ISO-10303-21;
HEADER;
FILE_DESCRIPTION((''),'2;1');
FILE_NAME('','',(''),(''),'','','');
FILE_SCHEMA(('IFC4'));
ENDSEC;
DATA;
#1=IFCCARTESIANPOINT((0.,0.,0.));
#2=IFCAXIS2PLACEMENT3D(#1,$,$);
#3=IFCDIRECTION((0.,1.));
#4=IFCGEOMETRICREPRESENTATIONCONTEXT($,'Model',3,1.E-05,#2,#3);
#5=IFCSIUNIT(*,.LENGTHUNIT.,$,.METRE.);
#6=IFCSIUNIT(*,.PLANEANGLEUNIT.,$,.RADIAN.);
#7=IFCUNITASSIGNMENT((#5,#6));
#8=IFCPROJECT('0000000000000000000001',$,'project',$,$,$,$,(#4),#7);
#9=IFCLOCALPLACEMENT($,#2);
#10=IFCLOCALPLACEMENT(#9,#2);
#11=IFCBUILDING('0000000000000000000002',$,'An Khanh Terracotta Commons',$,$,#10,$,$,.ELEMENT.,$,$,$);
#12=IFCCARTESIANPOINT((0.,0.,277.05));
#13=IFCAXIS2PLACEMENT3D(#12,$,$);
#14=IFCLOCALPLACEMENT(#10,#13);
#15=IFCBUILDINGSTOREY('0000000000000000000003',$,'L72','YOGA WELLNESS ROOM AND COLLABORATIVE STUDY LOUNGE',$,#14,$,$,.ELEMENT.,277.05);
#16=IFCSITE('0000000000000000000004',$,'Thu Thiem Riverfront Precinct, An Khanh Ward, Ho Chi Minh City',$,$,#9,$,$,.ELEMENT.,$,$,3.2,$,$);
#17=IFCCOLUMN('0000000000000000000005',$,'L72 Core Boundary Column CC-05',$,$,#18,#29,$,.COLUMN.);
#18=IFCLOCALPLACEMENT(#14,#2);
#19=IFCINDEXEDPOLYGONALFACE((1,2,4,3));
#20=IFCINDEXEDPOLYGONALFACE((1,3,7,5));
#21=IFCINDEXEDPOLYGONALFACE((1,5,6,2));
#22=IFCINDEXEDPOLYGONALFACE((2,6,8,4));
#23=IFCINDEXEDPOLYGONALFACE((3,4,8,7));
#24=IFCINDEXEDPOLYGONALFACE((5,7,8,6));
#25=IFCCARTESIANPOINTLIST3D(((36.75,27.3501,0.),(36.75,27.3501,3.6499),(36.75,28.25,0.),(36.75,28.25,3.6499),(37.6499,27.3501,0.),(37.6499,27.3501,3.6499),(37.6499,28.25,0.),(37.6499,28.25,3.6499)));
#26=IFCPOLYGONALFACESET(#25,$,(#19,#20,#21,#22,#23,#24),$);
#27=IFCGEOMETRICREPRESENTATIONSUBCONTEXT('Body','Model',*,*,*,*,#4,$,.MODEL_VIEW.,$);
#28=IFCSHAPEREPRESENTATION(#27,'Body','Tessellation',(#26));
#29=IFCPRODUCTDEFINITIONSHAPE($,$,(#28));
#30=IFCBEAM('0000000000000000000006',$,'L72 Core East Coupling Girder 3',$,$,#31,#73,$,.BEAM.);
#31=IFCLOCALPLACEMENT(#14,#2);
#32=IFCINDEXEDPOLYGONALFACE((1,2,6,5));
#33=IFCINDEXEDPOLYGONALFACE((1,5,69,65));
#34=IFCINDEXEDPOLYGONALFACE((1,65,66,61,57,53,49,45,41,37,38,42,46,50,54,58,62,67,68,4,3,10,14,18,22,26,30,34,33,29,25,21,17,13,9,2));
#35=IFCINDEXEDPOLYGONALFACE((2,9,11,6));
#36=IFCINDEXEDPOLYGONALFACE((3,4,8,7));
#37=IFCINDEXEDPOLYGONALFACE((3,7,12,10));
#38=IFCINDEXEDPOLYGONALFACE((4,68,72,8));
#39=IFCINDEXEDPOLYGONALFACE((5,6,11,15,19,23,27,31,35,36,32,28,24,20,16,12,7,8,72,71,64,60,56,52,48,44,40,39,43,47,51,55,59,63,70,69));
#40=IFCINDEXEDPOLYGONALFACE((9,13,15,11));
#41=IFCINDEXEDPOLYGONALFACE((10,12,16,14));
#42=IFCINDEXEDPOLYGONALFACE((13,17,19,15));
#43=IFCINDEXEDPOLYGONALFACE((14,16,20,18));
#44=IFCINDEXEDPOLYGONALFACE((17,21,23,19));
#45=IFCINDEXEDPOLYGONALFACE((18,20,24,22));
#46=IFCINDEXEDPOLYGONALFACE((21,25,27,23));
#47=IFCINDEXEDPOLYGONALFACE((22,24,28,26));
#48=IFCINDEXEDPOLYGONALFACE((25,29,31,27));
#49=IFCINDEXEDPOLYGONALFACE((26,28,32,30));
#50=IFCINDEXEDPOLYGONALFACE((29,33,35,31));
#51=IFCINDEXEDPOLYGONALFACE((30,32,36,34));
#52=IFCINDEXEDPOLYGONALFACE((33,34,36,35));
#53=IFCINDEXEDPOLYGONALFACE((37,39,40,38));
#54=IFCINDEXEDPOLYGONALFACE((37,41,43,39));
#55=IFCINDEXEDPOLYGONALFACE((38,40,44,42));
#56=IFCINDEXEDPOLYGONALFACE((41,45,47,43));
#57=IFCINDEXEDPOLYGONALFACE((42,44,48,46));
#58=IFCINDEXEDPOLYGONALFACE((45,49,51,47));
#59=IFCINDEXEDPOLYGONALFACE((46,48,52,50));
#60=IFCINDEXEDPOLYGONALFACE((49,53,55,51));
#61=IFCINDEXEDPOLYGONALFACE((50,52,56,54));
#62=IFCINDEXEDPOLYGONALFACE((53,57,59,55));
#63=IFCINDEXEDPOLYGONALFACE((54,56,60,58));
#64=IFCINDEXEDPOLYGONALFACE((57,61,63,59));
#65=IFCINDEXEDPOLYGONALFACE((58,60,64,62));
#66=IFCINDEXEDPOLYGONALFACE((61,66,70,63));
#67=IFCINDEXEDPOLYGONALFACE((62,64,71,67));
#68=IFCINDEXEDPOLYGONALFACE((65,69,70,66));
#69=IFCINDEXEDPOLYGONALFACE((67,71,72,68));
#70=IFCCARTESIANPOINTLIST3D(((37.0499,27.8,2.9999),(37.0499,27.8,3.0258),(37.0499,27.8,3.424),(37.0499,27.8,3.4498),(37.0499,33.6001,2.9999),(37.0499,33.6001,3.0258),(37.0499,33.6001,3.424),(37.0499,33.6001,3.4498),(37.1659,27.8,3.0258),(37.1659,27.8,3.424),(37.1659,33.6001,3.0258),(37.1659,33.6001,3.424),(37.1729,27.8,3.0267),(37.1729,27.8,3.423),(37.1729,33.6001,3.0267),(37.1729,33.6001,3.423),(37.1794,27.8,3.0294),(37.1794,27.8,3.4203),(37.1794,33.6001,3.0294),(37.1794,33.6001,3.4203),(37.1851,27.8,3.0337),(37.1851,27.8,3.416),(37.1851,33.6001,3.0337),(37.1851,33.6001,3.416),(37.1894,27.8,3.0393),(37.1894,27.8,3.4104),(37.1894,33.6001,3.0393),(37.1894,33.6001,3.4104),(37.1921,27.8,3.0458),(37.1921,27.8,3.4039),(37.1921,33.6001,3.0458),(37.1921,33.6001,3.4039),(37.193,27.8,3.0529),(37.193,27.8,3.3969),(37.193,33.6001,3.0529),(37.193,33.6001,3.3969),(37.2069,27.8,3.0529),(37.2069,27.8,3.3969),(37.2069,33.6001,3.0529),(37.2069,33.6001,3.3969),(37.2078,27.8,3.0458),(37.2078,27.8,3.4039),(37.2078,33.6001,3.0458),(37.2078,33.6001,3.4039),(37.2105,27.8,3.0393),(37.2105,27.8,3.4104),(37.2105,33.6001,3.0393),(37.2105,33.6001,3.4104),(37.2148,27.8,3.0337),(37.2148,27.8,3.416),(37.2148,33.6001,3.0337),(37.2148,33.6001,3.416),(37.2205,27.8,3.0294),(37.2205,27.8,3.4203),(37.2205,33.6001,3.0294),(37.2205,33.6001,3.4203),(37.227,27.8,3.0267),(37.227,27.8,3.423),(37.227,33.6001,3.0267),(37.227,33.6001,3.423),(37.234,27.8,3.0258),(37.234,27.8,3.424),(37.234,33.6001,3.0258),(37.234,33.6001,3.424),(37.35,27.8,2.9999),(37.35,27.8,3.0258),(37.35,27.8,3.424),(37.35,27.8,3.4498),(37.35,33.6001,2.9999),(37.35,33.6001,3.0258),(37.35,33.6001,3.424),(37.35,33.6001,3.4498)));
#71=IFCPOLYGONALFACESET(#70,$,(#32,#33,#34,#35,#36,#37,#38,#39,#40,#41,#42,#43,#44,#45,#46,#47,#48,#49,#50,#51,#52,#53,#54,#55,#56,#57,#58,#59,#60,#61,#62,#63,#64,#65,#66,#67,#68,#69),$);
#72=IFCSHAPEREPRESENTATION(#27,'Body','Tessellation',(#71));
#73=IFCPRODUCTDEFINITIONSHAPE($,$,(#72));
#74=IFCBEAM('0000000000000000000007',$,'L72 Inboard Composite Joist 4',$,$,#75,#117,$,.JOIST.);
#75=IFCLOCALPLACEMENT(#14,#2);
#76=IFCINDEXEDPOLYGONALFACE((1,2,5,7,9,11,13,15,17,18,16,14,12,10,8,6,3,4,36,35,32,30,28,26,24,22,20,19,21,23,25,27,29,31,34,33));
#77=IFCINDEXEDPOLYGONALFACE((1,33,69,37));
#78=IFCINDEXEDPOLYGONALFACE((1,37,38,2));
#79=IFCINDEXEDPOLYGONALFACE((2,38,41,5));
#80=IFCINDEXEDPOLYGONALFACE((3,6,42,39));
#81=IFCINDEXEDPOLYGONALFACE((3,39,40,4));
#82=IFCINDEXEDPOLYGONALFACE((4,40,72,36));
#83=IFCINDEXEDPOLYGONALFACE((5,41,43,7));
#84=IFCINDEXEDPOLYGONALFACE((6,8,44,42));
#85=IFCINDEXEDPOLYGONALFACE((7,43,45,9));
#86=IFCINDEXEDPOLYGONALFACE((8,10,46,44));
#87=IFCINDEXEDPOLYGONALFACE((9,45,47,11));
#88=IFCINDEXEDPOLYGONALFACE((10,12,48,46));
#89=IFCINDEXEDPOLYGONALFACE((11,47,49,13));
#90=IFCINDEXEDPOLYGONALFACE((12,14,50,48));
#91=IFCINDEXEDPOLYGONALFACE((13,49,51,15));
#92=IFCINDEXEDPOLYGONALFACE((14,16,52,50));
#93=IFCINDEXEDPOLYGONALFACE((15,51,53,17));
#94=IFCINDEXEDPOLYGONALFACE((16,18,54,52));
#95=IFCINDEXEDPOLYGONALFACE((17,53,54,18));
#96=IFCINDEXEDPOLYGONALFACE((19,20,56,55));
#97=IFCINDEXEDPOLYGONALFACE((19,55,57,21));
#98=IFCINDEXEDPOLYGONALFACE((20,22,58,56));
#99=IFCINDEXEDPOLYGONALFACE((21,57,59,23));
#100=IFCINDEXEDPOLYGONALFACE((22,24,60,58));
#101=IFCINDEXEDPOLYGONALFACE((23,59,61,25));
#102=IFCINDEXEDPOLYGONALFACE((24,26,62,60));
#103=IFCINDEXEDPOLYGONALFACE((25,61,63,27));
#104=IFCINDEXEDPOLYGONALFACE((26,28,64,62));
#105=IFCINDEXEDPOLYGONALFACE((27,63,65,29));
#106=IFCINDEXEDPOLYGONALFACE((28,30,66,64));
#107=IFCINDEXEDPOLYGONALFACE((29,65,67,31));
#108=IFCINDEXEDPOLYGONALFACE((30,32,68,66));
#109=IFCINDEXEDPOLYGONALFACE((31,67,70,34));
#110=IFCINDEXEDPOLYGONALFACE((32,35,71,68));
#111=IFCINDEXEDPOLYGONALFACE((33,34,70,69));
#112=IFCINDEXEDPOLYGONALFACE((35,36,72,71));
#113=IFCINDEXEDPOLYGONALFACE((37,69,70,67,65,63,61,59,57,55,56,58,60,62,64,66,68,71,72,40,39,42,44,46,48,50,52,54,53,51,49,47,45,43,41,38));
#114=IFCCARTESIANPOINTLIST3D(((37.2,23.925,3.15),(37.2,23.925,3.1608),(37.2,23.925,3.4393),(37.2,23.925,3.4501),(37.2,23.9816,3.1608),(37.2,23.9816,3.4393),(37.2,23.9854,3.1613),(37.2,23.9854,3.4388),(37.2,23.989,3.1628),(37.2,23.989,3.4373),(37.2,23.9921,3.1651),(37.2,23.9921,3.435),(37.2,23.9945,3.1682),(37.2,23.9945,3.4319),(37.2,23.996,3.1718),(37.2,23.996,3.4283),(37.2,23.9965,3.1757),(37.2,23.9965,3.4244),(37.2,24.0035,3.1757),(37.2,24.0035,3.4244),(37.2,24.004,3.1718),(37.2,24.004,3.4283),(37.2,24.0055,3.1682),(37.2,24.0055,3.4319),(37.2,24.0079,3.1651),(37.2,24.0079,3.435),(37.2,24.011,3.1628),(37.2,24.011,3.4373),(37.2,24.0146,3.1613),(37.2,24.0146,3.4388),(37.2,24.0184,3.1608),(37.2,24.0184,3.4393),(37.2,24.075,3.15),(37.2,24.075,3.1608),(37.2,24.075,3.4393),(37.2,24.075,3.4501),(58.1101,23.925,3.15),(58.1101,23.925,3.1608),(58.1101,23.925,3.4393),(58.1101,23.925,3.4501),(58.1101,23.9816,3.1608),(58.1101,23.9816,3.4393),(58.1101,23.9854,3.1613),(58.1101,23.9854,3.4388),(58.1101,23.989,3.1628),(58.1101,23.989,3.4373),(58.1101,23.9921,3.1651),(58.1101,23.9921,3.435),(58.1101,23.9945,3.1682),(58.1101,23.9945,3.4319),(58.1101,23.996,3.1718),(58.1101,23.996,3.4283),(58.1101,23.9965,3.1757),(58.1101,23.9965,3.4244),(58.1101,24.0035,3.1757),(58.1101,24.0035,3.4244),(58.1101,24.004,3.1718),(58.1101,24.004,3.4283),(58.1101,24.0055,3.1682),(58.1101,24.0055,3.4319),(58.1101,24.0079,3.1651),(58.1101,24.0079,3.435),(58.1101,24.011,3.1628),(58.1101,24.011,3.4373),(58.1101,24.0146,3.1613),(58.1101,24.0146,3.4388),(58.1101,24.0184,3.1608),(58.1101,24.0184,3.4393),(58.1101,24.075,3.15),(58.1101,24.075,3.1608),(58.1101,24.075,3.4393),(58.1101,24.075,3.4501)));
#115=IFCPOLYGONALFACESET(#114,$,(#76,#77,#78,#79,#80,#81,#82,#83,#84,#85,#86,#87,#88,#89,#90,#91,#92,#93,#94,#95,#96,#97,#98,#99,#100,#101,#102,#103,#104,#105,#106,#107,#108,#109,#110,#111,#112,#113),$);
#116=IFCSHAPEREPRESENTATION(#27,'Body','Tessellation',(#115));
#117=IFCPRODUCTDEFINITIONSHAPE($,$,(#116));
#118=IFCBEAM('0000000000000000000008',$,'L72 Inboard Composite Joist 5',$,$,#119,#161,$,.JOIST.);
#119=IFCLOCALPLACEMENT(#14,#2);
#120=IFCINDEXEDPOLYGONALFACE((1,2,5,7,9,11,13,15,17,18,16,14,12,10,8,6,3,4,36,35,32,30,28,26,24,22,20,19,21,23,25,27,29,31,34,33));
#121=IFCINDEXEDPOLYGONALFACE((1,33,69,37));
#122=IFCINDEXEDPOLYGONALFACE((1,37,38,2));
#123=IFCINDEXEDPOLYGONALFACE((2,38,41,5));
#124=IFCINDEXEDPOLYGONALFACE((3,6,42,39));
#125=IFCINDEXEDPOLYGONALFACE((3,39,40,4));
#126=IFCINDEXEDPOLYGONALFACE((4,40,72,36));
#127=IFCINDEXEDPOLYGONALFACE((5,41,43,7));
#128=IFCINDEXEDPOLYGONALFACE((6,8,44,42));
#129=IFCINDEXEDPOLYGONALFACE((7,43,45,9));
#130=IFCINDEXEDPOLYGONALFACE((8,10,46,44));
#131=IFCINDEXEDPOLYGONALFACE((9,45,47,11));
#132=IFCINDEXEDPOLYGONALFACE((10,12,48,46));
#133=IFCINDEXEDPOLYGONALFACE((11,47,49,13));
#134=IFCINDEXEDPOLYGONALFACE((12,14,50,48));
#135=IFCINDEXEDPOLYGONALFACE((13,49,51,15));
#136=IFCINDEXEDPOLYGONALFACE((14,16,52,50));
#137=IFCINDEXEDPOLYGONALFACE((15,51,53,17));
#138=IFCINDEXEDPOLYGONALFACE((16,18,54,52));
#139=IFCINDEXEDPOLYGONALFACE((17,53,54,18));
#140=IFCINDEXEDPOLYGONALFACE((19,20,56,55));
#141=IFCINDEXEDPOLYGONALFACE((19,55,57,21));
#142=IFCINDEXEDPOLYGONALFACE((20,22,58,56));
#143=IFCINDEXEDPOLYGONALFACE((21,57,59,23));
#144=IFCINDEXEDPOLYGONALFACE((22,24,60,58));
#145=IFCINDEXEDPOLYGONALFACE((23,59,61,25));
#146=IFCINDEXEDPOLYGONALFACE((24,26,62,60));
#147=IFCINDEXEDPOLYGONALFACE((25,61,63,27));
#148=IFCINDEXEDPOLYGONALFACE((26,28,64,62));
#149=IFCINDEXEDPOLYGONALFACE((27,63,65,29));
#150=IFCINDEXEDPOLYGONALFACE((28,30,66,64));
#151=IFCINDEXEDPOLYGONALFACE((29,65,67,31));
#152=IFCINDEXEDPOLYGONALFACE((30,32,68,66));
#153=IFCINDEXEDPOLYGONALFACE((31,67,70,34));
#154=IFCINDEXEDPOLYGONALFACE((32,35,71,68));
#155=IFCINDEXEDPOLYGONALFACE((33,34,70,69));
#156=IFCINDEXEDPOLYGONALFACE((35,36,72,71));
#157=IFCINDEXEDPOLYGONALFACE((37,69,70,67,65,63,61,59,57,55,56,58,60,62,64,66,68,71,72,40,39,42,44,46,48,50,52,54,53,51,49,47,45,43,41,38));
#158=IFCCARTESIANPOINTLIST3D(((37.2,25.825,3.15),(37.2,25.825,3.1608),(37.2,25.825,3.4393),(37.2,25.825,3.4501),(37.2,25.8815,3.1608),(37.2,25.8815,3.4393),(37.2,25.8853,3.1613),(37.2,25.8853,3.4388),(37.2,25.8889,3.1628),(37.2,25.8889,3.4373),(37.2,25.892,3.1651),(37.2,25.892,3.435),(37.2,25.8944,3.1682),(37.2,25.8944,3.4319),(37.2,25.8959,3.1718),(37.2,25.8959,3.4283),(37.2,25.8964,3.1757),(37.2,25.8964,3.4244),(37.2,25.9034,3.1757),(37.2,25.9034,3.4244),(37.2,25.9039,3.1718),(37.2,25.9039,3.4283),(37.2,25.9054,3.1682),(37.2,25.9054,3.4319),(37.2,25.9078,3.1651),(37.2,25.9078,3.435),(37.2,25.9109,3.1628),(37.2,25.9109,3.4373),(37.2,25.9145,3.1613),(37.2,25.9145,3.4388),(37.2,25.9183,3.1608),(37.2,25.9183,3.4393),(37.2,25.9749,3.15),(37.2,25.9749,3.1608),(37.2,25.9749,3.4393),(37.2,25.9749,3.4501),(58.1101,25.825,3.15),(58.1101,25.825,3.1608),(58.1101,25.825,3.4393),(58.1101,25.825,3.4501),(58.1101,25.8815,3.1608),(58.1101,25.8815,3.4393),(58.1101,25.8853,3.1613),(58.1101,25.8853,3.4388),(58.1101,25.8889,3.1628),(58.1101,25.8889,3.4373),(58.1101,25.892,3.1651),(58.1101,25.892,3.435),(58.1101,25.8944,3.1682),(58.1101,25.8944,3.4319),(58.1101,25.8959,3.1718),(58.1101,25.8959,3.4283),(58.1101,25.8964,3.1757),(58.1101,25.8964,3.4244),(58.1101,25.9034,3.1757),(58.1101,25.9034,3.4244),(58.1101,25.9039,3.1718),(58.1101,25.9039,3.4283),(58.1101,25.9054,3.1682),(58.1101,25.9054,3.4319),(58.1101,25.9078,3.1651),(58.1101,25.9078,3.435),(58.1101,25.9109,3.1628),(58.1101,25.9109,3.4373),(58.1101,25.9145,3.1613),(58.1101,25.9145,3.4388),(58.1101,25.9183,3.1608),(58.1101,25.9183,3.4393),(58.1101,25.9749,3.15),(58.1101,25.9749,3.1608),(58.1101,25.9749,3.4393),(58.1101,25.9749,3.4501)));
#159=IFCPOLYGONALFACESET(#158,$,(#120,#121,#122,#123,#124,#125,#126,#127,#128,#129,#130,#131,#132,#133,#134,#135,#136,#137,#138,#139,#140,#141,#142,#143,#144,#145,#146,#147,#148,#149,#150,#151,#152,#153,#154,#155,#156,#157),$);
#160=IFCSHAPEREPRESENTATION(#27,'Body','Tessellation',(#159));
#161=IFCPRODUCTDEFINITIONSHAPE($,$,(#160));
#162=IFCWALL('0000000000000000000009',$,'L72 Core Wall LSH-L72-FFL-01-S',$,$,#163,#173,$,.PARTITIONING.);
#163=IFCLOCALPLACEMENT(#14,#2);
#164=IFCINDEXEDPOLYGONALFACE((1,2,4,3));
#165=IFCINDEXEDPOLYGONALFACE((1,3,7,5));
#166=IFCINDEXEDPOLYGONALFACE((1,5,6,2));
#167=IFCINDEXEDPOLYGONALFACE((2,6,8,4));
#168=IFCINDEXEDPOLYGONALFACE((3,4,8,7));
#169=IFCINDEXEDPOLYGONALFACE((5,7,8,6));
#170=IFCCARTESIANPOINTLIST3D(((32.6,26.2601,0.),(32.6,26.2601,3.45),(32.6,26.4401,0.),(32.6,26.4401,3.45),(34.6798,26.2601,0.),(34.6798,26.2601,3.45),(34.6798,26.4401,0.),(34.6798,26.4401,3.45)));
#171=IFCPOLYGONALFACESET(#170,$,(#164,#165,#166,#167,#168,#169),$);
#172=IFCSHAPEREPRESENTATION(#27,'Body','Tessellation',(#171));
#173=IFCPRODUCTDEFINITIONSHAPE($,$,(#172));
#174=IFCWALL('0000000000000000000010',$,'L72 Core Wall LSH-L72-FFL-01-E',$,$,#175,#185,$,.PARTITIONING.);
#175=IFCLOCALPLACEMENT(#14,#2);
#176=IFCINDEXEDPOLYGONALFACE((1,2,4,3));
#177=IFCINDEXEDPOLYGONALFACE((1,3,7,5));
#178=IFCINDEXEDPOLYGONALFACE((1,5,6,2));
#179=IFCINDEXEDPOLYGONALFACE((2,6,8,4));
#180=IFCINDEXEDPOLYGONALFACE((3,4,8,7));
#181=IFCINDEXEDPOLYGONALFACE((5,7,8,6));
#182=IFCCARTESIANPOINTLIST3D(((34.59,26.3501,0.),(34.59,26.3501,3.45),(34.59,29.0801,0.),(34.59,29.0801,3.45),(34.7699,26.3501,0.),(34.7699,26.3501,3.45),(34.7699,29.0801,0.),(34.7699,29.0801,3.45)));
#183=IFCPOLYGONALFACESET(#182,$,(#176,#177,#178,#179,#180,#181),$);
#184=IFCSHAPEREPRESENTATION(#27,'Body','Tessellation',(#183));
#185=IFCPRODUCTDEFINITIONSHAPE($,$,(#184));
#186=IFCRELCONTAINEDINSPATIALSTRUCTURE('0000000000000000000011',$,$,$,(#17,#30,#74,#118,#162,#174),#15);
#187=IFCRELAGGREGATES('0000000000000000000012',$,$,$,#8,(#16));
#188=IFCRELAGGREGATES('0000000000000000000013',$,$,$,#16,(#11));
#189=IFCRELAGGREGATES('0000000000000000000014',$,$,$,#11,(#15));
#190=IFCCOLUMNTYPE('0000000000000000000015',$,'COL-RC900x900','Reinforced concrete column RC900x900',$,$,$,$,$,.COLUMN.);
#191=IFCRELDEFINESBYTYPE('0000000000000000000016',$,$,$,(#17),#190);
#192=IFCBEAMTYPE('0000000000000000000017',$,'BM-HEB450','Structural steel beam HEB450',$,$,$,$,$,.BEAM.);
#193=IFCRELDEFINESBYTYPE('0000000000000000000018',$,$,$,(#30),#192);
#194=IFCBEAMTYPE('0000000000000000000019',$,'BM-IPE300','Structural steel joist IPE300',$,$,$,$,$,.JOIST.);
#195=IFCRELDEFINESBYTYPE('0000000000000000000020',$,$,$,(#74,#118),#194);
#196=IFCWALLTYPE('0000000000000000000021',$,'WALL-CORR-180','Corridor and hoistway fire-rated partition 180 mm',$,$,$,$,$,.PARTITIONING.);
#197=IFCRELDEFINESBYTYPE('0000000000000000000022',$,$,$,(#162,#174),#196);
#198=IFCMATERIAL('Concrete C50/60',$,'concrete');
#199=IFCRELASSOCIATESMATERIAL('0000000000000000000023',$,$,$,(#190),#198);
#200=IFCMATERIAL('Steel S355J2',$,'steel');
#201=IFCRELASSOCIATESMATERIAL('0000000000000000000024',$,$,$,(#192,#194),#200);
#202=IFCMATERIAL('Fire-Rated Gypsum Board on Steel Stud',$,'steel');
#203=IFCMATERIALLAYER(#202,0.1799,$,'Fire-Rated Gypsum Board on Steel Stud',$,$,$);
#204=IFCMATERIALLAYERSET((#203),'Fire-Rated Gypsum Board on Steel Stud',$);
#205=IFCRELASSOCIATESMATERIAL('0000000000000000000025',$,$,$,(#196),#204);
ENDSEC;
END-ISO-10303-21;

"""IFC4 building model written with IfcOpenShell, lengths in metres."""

from ifc_helpers import new_model, si_unit, direction, frame, frame_2d, origin, origin_2d, place, context, subcontext, project, spatial, rectangle, i_section, extrude, material, layer, layer_set, material_profile, profile_set, type_object, element, save


model = new_model("IFC4")

# Units and contexts
model_context = context("Model", 3, precision=1e-05, world=origin(), true_north=direction((0.0, 1.0)))
body_context = subcontext(model_context, "Body", "Model", "MODEL_VIEW")
ifc_project = project(units=[si_unit("LENGTHUNIT", "METRE"), si_unit("PLANEANGLEUNIT", "RADIAN")], contexts=[model_context])

# Site, building, storey
site_placement = place(None, origin())
site = spatial("IfcSite", under=ifc_project, at=site_placement, Name="Thu Thiem Riverfront Precinct, An Khanh Ward, Ho Chi Minh City", CompositionType="ELEMENT", RefElevation=3.2)
building_placement = place(site_placement, origin())
building = spatial("IfcBuilding", under=site, at=building_placement, Name="An Khanh Terracotta Commons", CompositionType="ELEMENT")
storey_placement = place(building_placement, frame((0.0, 0.0, 277.05)))
storey = spatial("IfcBuildingStorey", under=building, at=storey_placement, Name="L72", Description="YOGA WELLNESS ROOM AND COLLABORATIVE STUDY LOUNGE", CompositionType="ELEMENT", Elevation=277.05)

# Column
ifc_material_1 = material(Name="Concrete C50/60", Category="concrete")
ifc_material_profile_1 = material_profile(ifc_material_1, rectangle(XDim=0.8999, YDim=0.8999, at=origin_2d()), Name="RC900x900")
ifc_profile_set_1 = profile_set([ifc_material_profile_1], Name="Concrete C50/60")
column_type = type_object("IfcColumnType", Name="COL-RC900x900", Description="Reinforced concrete column RC900x900", PredefinedType="COLUMN", material=ifc_profile_set_1)
column_placement = place(storey_placement, frame((37.2, 27.8, 0.0), z_axis=(0.0, 0.0, 1.0), x_axis=(1.0, 0.0, 0.0)))
element("IfcColumn", 1, at=column_placement, inside=storey, type_object=column_type, Name="L72 Core Boundary Column CC-05", PredefinedType="COLUMN", context=body_context, shape_type="SweptSolid", body=[
    extrude(rectangle(XDim=0.8999, YDim=0.8999, at=origin_2d()), origin(), (0.0, 0.0, 1.0), 3.6499),
])

# Beams
ifc_material_2 = material(Name="Steel S355J2", Category="steel")
ifc_material_profile_2 = material_profile(ifc_material_2, i_section(OverallWidth=0.3, OverallDepth=0.45, WebThickness=0.0139, FlangeThickness=0.0259, FilletRadius=0.0271, at=origin_2d()), Name="HEB450")
ifc_profile_set_2 = profile_set([ifc_material_profile_2], Name="Steel S355J2")
beam_type_1 = type_object("IfcBeamType", Name="BM-HEB450", Description="Structural steel beam HEB450", PredefinedType="BEAM", material=ifc_profile_set_2)
beam_placement = place(storey_placement, frame((37.2, 27.8, 3.2249), z_axis=(0.0, 1.0, 0.0), x_axis=(-1.0, 0.0, 0.0)))
element("IfcBeam", 2, at=beam_placement, inside=storey, type_object=beam_type_1, Name="L72 Core East Coupling Girder 3", PredefinedType="BEAM", context=body_context, shape_type="SweptSolid", body=[
    extrude(i_section(OverallWidth=0.3, OverallDepth=0.45, WebThickness=0.0139, FlangeThickness=0.0259, FilletRadius=0.0271, at=origin_2d()), origin(), (0.0, 0.0, 1.0), 5.8),
])
ifc_material_profile_3 = material_profile(ifc_material_2, i_section(OverallWidth=0.1499, OverallDepth=0.3, WebThickness=0.0071, FlangeThickness=0.0107, FilletRadius=0.0149, at=origin_2d()), Name="IPE300")
ifc_profile_set_3 = profile_set([ifc_material_profile_3], Name="Steel S355J2")
beam_type_2 = type_object("IfcBeamType", Name="BM-IPE300", Description="Structural steel joist IPE300", PredefinedType="JOIST", material=ifc_profile_set_3)
for number, where, z_axis, x_axis, name in (
    (3, (37.2, 24.0, 3.3), (1.0, 0.0, 0.0), (0.0, 1.0, 0.0), "L72 Inboard Composite Joist 4"),
    (4, (37.2, 25.8999, 3.3), (1.0, 0.0, 0.0), (0.0, 1.0, 0.0), "L72 Inboard Composite Joist 5"),
):
    element("IfcBeam", number, at=place(storey_placement, frame(where, z_axis=z_axis, x_axis=x_axis)), inside=storey, type_object=beam_type_2, Name=name, PredefinedType="JOIST", context=body_context, shape_type="SweptSolid", body=[
        extrude(i_section(OverallWidth=0.1499, OverallDepth=0.3, WebThickness=0.0071, FlangeThickness=0.0107, FilletRadius=0.0149, at=origin_2d()), origin(), (0.0, 0.0, 1.0), 20.9102),
    ])

# Walls
ifc_material_3 = material(Name="Fire-Rated Gypsum Board on Steel Stud", Category="steel")
ifc_layer = layer(ifc_material_3, 0.1799, Name="Fire-Rated Gypsum Board on Steel Stud")
ifc_layer_set = layer_set([ifc_layer], Name="Fire-Rated Gypsum Board on Steel Stud")
wall_type = type_object("IfcWallType", Name="WALL-CORR-180", Description="Corridor and hoistway fire-rated partition 180 mm", PredefinedType="PARTITIONING", material=ifc_layer_set)
wall_1_placement = place(storey_placement, frame((34.6799, 26.3501, 0.0), z_axis=(0.0, 0.0, 1.0), x_axis=(-1.0, 0.0, 0.0)))
element("IfcWall", 5, at=wall_1_placement, inside=storey, type_object=wall_type, Name="L72 Core Wall LSH-L72-FFL-01-S", PredefinedType="PARTITIONING", context=body_context, shape_type="SweptSolid", body=[
    extrude(rectangle(XDim=2.0798, YDim=0.1799, at=frame_2d((1.04, 0.0))), origin(), (0.0, 0.0, 1.0), 3.45),
])
wall_2_placement = place(storey_placement, frame((34.6799, 26.3501, 0.0), z_axis=(0.0, 0.0, 1.0), x_axis=(0.0, 1.0, 0.0)))
element("IfcWall", 6, at=wall_2_placement, inside=storey, type_object=wall_type, Name="L72 Core Wall LSH-L72-FFL-01-E", PredefinedType="PARTITIONING", context=body_context, shape_type="SweptSolid", body=[
    extrude(rectangle(XDim=2.73, YDim=0.1799, at=frame_2d((1.365, 0.0))), origin(), (0.0, 0.0, 1.0), 3.45),
])

save(model, "model.ifc")
